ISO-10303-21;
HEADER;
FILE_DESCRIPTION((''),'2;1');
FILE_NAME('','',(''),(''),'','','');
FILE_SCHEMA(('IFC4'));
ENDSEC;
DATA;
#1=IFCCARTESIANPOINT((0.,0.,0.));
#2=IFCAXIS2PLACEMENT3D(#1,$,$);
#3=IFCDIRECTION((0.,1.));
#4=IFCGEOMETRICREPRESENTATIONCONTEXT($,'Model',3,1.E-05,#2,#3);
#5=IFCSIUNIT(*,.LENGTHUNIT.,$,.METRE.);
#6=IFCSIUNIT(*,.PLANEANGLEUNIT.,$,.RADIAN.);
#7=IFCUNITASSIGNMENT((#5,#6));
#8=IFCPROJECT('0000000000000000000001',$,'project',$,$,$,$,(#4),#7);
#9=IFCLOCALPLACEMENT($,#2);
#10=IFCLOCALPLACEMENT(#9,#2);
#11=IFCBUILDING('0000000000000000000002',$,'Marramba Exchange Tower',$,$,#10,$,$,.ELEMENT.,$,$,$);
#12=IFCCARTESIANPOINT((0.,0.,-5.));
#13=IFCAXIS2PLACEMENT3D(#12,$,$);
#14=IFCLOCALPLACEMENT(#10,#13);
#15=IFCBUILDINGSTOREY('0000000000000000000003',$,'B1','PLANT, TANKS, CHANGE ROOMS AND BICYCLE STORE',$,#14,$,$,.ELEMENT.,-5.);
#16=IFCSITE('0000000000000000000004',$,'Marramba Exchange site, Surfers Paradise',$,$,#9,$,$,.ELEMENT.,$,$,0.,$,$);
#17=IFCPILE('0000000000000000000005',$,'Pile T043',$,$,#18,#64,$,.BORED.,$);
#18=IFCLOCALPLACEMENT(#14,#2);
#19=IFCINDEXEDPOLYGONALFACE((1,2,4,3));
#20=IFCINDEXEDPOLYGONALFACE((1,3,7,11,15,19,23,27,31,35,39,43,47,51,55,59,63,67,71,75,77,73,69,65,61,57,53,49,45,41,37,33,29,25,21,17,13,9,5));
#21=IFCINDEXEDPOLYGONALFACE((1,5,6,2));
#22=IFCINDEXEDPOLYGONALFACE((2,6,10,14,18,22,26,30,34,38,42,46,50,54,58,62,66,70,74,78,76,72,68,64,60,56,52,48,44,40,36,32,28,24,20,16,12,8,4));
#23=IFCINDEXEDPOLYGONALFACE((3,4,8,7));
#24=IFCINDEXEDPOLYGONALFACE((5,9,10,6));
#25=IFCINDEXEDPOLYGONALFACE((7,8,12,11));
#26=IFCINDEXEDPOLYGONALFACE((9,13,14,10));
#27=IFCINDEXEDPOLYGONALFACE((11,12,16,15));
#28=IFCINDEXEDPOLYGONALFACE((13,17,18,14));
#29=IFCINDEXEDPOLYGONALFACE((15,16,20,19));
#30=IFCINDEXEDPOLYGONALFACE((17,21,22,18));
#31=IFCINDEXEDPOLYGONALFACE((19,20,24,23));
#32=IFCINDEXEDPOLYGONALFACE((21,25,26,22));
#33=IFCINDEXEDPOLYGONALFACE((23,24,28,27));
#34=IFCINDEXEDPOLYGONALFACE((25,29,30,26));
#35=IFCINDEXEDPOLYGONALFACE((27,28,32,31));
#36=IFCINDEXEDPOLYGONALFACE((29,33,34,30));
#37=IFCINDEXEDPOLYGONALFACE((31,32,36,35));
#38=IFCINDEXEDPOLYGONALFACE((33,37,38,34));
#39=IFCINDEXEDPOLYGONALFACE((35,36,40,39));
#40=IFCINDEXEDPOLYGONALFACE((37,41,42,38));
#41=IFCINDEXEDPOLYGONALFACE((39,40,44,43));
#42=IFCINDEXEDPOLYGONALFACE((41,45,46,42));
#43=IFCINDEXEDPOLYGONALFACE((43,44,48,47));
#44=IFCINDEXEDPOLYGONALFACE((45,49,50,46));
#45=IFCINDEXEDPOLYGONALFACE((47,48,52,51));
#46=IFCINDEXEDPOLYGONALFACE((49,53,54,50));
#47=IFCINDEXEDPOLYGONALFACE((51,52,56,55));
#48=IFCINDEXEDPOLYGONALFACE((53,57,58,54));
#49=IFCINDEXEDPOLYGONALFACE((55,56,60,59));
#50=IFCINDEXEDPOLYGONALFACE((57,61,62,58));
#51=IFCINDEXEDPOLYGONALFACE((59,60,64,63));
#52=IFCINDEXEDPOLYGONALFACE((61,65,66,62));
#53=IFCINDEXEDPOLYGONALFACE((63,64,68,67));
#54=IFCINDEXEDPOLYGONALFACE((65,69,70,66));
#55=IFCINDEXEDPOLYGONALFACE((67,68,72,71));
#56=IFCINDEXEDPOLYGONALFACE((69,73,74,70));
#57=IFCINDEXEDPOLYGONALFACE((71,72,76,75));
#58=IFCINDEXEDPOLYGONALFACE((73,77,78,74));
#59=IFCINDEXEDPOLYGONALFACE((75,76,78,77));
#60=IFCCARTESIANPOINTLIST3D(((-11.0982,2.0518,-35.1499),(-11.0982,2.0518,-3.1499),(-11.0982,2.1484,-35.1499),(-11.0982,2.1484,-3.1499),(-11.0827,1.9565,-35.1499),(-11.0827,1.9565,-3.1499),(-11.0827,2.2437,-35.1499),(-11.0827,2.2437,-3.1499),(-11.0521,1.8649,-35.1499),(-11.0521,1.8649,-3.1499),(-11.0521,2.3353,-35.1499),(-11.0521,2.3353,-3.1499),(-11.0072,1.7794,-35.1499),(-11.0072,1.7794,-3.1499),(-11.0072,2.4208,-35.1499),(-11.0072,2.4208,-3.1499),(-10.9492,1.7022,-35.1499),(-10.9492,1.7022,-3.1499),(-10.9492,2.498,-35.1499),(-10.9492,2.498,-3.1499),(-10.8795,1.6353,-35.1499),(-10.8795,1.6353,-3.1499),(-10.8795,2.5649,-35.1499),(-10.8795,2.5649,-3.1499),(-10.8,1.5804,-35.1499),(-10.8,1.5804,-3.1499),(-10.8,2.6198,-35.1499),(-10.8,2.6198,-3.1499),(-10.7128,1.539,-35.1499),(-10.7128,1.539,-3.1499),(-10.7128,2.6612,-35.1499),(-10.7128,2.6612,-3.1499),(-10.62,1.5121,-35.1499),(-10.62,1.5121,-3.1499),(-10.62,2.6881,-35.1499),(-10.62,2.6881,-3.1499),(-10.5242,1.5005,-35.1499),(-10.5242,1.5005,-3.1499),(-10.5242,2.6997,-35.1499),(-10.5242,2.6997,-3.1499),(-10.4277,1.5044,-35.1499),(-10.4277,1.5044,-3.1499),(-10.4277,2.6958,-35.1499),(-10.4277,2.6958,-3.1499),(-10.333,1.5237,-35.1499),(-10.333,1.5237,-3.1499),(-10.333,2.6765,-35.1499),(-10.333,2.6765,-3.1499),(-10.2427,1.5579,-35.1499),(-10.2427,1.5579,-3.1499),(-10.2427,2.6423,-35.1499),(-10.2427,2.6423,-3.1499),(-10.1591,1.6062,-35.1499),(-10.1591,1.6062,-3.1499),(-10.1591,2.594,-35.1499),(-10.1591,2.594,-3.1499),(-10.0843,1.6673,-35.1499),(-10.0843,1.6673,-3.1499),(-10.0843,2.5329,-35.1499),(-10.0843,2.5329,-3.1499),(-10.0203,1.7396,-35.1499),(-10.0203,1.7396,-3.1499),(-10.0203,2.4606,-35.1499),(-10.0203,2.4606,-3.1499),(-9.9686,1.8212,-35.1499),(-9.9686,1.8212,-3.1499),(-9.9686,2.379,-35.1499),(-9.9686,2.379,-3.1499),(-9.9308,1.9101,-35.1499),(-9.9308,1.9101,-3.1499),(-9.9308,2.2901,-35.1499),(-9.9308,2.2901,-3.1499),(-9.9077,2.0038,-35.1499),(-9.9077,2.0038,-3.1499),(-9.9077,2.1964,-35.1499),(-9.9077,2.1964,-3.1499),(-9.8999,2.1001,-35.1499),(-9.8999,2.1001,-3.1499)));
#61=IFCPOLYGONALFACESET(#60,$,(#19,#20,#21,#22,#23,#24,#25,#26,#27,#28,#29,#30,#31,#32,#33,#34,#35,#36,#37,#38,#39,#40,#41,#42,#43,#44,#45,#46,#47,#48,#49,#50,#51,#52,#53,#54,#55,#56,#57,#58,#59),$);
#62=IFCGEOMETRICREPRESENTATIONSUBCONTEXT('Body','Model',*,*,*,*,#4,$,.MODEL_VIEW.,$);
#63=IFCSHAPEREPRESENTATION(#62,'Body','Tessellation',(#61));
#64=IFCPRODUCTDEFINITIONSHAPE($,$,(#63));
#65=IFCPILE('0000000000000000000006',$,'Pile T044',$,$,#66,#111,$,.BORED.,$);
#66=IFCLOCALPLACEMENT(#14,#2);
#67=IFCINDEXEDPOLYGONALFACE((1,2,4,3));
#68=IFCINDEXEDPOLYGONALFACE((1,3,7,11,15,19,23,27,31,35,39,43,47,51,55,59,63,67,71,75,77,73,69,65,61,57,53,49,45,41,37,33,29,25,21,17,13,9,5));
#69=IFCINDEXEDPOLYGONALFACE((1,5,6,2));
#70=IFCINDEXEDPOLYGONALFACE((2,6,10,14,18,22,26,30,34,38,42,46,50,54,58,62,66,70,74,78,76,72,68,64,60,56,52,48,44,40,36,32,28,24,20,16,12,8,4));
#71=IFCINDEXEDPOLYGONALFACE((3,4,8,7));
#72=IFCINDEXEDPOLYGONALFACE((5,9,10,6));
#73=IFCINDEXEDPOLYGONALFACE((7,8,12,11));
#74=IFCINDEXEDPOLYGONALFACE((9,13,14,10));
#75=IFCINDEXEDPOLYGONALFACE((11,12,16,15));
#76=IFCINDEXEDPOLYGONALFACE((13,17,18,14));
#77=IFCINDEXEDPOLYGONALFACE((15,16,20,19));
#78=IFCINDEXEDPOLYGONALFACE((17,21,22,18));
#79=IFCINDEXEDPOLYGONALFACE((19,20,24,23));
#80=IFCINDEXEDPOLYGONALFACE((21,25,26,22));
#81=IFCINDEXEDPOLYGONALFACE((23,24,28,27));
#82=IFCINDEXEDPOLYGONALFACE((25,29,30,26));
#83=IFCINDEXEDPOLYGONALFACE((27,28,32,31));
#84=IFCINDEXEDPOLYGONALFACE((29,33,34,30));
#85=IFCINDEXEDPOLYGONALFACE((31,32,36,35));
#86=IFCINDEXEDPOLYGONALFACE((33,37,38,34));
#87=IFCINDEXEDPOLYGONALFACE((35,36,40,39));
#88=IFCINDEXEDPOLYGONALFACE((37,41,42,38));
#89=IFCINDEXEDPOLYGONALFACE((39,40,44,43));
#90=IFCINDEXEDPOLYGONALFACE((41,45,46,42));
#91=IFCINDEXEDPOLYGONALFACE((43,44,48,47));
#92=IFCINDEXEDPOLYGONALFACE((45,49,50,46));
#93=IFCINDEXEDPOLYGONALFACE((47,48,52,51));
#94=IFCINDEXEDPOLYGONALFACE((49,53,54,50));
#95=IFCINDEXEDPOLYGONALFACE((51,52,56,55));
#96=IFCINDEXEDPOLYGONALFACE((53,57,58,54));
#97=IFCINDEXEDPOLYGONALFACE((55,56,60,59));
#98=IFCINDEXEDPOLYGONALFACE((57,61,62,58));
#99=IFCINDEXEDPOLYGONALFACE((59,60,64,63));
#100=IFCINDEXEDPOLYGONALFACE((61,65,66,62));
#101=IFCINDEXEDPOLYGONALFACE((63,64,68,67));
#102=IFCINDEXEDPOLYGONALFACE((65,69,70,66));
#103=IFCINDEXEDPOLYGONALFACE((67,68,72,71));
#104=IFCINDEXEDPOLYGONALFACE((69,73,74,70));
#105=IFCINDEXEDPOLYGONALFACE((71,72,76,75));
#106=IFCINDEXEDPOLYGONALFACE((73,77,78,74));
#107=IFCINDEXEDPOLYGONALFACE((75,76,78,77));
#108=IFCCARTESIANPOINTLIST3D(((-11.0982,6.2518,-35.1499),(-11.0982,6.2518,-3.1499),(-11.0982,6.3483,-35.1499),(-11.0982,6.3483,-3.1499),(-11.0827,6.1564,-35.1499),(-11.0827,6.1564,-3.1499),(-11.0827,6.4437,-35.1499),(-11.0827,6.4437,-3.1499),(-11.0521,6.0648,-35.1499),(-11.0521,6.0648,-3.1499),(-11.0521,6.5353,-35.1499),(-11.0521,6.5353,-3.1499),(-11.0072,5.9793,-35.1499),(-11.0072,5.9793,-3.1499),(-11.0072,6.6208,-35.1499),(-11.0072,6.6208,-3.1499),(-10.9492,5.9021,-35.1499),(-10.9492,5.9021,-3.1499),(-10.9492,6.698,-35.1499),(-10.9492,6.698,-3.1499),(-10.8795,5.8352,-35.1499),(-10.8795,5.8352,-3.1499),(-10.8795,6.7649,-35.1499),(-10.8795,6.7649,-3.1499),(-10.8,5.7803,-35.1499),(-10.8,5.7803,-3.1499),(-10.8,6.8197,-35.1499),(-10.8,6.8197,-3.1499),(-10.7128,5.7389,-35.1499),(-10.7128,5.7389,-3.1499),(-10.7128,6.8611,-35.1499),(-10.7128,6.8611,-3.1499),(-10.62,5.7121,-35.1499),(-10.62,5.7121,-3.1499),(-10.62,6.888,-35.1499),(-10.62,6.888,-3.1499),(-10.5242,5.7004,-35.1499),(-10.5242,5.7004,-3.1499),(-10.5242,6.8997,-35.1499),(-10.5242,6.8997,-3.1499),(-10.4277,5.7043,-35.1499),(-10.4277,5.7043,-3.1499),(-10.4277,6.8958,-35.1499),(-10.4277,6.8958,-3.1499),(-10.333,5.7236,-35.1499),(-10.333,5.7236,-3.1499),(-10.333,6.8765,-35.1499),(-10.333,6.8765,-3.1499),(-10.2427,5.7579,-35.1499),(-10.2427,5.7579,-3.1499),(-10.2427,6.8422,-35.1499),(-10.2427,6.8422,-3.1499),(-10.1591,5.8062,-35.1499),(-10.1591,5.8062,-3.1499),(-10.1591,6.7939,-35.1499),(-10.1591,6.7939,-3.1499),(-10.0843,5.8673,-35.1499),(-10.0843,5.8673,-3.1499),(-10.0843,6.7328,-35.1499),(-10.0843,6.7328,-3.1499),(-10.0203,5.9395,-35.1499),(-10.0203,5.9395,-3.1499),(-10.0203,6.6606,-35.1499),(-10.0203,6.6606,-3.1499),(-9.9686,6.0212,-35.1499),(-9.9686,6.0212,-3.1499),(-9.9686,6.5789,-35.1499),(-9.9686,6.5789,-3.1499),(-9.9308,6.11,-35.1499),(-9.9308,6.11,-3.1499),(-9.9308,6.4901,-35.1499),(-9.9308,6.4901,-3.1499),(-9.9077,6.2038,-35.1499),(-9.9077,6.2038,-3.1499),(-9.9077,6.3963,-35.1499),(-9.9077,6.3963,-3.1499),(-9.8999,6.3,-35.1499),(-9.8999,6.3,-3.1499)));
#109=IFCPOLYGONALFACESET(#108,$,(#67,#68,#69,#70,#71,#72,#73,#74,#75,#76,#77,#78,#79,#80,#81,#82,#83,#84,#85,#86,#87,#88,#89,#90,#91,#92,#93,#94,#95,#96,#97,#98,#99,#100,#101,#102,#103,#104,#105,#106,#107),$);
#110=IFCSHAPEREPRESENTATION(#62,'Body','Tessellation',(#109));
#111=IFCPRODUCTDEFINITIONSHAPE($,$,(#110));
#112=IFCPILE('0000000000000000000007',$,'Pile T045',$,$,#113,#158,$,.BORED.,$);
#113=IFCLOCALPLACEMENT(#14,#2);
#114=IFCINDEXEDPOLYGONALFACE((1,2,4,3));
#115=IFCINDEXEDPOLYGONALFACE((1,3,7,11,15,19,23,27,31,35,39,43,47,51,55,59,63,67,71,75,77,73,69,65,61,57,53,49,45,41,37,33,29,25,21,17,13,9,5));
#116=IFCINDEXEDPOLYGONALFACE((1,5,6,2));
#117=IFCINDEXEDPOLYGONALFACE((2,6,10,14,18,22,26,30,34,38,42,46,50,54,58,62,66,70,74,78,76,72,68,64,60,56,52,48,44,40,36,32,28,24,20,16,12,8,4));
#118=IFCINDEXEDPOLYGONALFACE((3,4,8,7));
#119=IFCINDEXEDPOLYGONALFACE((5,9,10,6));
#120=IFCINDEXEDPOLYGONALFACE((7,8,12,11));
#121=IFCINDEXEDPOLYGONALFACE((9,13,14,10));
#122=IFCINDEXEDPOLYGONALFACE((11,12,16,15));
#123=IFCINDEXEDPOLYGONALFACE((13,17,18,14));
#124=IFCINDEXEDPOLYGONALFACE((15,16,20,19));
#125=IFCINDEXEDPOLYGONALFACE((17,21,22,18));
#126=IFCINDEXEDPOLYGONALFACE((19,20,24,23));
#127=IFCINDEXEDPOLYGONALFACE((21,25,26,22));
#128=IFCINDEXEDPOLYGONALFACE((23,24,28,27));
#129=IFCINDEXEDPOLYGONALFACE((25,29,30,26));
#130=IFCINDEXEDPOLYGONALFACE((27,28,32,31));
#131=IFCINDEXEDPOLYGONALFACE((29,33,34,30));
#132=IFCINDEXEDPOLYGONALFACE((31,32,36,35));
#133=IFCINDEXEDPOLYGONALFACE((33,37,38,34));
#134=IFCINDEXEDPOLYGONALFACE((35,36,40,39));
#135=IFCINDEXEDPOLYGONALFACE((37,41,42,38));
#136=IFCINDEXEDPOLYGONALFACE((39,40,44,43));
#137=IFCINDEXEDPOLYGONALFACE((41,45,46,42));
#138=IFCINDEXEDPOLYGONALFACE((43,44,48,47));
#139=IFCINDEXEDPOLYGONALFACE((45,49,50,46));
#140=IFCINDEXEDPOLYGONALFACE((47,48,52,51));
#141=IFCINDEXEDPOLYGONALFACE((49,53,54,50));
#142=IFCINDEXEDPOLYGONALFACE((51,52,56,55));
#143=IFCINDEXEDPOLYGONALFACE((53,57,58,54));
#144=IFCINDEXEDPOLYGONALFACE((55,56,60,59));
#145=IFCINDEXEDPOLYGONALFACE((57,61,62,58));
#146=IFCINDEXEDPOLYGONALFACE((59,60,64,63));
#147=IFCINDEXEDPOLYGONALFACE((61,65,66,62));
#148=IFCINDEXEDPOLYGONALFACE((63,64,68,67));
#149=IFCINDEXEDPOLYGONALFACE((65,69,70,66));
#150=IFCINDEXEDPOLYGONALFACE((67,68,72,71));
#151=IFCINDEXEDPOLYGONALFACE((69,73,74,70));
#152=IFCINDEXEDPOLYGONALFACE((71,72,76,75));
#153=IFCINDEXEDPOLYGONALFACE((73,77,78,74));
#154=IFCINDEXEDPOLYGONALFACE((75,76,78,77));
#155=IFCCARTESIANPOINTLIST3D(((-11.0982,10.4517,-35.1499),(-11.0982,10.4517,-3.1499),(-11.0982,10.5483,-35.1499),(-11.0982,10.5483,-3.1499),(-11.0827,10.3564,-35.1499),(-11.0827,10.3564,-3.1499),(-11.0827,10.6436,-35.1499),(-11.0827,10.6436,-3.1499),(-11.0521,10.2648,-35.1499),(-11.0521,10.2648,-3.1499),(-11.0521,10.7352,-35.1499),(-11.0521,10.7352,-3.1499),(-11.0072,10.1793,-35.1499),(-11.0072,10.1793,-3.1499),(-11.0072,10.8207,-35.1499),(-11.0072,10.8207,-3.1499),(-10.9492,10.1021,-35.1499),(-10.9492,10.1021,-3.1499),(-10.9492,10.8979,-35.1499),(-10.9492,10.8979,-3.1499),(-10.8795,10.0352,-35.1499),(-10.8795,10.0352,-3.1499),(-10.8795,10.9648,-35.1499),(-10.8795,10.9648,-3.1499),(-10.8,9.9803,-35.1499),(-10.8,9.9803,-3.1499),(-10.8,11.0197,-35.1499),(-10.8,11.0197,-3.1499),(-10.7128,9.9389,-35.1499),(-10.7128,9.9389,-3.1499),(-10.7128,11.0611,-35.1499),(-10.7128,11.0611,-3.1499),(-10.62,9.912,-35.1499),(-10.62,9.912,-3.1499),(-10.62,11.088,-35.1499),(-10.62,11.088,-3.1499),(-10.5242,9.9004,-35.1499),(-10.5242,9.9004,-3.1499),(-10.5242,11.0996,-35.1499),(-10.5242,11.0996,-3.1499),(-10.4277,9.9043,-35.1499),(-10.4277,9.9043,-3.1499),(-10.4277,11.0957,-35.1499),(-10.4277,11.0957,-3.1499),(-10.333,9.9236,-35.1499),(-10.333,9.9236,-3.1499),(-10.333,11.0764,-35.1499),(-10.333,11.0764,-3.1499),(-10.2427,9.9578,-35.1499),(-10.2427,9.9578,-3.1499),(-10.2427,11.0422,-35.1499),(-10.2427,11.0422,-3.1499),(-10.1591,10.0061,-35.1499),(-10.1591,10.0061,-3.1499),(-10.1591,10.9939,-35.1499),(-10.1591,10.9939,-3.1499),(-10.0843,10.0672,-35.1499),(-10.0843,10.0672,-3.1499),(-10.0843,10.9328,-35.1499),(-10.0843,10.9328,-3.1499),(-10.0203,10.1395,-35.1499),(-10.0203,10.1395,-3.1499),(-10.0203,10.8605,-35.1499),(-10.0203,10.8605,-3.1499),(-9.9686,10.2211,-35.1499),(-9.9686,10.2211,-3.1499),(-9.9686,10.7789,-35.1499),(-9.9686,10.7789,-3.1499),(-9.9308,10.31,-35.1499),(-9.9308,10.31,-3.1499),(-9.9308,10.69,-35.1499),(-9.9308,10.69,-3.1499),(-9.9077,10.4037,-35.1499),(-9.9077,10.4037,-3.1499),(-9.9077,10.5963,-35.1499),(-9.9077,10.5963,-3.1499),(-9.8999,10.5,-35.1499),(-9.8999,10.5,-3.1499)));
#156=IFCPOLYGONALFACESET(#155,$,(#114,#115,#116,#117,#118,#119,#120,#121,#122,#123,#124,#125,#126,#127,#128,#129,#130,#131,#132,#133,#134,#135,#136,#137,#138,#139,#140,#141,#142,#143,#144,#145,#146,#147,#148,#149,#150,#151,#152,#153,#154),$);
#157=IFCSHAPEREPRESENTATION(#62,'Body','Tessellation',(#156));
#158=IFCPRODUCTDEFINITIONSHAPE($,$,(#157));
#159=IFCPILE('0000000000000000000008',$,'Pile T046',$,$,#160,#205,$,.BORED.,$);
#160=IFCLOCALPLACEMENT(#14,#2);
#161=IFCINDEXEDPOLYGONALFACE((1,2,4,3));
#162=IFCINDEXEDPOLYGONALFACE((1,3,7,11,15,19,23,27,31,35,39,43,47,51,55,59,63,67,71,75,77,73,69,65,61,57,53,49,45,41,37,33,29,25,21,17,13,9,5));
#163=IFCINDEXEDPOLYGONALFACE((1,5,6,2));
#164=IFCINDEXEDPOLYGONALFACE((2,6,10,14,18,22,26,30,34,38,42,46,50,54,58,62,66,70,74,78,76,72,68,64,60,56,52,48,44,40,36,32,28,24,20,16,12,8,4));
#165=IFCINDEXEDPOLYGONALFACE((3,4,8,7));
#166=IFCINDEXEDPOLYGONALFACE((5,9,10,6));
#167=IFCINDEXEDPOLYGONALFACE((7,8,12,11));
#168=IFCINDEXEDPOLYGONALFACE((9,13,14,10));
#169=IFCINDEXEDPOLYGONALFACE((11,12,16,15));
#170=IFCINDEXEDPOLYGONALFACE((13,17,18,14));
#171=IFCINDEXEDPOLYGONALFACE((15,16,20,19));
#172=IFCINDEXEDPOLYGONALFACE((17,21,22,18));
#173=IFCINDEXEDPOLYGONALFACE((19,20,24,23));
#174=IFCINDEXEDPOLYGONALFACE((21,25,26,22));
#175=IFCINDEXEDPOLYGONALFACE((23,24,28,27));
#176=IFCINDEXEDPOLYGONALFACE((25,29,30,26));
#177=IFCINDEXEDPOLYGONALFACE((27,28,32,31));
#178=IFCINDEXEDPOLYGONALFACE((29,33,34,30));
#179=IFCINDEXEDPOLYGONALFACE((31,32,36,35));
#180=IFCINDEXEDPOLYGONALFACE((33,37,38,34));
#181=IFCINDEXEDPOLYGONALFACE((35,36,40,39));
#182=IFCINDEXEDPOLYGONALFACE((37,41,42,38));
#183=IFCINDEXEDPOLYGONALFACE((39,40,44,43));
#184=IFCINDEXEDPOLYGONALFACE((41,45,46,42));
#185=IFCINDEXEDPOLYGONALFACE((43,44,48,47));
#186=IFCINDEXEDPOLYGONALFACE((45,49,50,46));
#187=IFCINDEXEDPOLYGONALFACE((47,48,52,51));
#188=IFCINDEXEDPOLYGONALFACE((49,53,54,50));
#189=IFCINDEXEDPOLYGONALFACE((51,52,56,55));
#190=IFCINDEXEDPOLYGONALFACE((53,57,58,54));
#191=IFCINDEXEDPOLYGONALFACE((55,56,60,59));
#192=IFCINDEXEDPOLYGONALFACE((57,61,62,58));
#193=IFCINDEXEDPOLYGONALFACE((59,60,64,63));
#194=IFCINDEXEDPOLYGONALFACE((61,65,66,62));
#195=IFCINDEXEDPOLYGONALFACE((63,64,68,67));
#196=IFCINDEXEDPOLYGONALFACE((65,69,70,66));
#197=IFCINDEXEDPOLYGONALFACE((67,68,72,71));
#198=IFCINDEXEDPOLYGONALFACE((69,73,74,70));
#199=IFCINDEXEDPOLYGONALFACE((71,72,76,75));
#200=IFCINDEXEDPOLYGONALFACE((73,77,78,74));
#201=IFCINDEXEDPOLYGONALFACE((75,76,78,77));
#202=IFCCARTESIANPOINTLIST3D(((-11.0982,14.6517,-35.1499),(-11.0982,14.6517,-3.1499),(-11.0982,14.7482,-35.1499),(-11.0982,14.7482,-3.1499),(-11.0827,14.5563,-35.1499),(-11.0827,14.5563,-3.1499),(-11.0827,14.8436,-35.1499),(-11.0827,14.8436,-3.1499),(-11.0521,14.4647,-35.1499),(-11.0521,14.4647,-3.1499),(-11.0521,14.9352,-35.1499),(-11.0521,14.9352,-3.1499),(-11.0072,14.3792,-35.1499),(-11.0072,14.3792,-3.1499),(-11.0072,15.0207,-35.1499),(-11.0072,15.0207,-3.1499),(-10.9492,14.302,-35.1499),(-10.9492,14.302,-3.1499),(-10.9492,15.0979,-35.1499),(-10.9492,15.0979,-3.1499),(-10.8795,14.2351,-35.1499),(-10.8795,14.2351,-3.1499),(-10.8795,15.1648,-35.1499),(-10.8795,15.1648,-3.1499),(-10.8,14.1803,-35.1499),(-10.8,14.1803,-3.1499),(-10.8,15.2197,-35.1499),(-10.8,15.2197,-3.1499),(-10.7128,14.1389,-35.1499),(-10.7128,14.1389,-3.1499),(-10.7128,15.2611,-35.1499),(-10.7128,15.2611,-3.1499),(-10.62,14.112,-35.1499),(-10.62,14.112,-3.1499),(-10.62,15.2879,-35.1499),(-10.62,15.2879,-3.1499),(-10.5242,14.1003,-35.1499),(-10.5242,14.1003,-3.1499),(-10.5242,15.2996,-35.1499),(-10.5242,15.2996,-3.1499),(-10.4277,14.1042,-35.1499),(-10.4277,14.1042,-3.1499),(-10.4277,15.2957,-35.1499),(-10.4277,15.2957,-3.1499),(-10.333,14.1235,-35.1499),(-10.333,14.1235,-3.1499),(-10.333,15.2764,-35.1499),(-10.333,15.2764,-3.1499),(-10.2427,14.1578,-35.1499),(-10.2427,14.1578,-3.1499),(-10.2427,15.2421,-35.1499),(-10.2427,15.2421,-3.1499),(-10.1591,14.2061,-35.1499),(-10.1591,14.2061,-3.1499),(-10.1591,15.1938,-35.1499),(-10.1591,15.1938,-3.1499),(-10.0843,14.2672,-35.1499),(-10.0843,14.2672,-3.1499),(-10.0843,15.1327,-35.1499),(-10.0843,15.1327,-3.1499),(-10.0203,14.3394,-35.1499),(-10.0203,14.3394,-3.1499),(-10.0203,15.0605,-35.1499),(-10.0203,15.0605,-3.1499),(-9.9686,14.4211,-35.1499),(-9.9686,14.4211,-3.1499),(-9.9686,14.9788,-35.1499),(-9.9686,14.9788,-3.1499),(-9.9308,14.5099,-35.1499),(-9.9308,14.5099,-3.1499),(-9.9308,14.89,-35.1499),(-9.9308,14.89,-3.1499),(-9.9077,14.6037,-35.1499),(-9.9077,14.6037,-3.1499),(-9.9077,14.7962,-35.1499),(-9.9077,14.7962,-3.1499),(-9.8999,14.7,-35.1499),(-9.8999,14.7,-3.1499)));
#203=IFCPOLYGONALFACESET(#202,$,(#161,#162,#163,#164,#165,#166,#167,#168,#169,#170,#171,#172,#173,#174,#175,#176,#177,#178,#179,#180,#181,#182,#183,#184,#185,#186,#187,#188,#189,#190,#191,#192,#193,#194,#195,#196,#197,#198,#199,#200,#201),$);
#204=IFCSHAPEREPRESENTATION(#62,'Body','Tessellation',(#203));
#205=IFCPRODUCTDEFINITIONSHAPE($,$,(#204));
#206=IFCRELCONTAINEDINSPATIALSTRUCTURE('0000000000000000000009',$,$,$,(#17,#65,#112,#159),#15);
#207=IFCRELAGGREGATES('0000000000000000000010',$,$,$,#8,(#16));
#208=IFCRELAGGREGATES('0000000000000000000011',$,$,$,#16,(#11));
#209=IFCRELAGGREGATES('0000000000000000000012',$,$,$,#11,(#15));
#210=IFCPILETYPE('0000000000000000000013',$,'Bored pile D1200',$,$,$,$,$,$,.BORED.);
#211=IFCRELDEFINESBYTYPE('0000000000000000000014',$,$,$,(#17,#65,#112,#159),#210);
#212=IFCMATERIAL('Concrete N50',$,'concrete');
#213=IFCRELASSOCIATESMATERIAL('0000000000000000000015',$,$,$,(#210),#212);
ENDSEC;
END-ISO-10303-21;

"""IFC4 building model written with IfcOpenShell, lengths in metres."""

from ifc_helpers import new_model, si_unit, direction, frame, origin, origin_2d, place, context, subcontext, project, spatial, circle, extrude, material, material_profile, profile_set, type_object, element, save


model = new_model("IFC4")

# Units and contexts
model_context = context("Model", 3, precision=1e-05, world=origin(), true_north=direction((0.0, 1.0)))
body_context = subcontext(model_context, "Body", "Model", "MODEL_VIEW")
ifc_project = project(units=[si_unit("LENGTHUNIT", "METRE"), si_unit("PLANEANGLEUNIT", "RADIAN")], contexts=[model_context])

# Site, building, storey
site_placement = place(None, origin())
site = spatial("IfcSite", under=ifc_project, at=site_placement, Name="Marramba Exchange site, Surfers Paradise", CompositionType="ELEMENT", RefElevation=0.0)
building_placement = place(site_placement, origin())
building = spatial("IfcBuilding", under=site, at=building_placement, Name="Marramba Exchange Tower", CompositionType="ELEMENT")
storey_placement = place(building_placement, frame((0.0, 0.0, -5.0)))
storey = spatial("IfcBuildingStorey", under=building, at=storey_placement, Name="B1", Description="PLANT, TANKS, CHANGE ROOMS AND BICYCLE STORE", CompositionType="ELEMENT", Elevation=-5.0)

# Piles
ifc_material_1 = material(Name="Concrete N50", Category="concrete")
ifc_material_profile_1 = material_profile(ifc_material_1, circle(Radius=0.6001, at=origin_2d()), Name="BP D1200")
ifc_profile_set_1 = profile_set([ifc_material_profile_1], Name="Concrete N50")
pile_type = type_object("IfcPileType", Name="Bored pile D1200", PredefinedType="BORED", material=ifc_profile_set_1)
for number, where, z_axis, x_axis, name in (
    (1, (-10.5, 2.1001, -3.1499), (0.0, 0.0, -1.0), (1.0, 0.0, 0.0), "Pile T043"),
    (2, (-10.5, 6.3, -3.1499), (0.0, 0.0, -1.0), (1.0, 0.0, 0.0), "Pile T044"),
    (3, (-10.5, 10.5, -3.1499), (0.0, 0.0, -1.0), (1.0, 0.0, 0.0), "Pile T045"),
    (4, (-10.5, 14.7, -3.1499), (0.0, 0.0, -1.0), (1.0, 0.0, 0.0), "Pile T046"),
):
    element("IfcPile", number, at=place(storey_placement, frame(where, z_axis=z_axis, x_axis=x_axis)), inside=storey, type_object=pile_type, Name=name, PredefinedType="BORED", context=body_context, shape_type="SweptSolid", body=[
        extrude(circle(Radius=0.6001, at=origin_2d()), origin(), (0.0, 0.0, 1.0), 32.0),
    ])

save(model, "model.ifc")
